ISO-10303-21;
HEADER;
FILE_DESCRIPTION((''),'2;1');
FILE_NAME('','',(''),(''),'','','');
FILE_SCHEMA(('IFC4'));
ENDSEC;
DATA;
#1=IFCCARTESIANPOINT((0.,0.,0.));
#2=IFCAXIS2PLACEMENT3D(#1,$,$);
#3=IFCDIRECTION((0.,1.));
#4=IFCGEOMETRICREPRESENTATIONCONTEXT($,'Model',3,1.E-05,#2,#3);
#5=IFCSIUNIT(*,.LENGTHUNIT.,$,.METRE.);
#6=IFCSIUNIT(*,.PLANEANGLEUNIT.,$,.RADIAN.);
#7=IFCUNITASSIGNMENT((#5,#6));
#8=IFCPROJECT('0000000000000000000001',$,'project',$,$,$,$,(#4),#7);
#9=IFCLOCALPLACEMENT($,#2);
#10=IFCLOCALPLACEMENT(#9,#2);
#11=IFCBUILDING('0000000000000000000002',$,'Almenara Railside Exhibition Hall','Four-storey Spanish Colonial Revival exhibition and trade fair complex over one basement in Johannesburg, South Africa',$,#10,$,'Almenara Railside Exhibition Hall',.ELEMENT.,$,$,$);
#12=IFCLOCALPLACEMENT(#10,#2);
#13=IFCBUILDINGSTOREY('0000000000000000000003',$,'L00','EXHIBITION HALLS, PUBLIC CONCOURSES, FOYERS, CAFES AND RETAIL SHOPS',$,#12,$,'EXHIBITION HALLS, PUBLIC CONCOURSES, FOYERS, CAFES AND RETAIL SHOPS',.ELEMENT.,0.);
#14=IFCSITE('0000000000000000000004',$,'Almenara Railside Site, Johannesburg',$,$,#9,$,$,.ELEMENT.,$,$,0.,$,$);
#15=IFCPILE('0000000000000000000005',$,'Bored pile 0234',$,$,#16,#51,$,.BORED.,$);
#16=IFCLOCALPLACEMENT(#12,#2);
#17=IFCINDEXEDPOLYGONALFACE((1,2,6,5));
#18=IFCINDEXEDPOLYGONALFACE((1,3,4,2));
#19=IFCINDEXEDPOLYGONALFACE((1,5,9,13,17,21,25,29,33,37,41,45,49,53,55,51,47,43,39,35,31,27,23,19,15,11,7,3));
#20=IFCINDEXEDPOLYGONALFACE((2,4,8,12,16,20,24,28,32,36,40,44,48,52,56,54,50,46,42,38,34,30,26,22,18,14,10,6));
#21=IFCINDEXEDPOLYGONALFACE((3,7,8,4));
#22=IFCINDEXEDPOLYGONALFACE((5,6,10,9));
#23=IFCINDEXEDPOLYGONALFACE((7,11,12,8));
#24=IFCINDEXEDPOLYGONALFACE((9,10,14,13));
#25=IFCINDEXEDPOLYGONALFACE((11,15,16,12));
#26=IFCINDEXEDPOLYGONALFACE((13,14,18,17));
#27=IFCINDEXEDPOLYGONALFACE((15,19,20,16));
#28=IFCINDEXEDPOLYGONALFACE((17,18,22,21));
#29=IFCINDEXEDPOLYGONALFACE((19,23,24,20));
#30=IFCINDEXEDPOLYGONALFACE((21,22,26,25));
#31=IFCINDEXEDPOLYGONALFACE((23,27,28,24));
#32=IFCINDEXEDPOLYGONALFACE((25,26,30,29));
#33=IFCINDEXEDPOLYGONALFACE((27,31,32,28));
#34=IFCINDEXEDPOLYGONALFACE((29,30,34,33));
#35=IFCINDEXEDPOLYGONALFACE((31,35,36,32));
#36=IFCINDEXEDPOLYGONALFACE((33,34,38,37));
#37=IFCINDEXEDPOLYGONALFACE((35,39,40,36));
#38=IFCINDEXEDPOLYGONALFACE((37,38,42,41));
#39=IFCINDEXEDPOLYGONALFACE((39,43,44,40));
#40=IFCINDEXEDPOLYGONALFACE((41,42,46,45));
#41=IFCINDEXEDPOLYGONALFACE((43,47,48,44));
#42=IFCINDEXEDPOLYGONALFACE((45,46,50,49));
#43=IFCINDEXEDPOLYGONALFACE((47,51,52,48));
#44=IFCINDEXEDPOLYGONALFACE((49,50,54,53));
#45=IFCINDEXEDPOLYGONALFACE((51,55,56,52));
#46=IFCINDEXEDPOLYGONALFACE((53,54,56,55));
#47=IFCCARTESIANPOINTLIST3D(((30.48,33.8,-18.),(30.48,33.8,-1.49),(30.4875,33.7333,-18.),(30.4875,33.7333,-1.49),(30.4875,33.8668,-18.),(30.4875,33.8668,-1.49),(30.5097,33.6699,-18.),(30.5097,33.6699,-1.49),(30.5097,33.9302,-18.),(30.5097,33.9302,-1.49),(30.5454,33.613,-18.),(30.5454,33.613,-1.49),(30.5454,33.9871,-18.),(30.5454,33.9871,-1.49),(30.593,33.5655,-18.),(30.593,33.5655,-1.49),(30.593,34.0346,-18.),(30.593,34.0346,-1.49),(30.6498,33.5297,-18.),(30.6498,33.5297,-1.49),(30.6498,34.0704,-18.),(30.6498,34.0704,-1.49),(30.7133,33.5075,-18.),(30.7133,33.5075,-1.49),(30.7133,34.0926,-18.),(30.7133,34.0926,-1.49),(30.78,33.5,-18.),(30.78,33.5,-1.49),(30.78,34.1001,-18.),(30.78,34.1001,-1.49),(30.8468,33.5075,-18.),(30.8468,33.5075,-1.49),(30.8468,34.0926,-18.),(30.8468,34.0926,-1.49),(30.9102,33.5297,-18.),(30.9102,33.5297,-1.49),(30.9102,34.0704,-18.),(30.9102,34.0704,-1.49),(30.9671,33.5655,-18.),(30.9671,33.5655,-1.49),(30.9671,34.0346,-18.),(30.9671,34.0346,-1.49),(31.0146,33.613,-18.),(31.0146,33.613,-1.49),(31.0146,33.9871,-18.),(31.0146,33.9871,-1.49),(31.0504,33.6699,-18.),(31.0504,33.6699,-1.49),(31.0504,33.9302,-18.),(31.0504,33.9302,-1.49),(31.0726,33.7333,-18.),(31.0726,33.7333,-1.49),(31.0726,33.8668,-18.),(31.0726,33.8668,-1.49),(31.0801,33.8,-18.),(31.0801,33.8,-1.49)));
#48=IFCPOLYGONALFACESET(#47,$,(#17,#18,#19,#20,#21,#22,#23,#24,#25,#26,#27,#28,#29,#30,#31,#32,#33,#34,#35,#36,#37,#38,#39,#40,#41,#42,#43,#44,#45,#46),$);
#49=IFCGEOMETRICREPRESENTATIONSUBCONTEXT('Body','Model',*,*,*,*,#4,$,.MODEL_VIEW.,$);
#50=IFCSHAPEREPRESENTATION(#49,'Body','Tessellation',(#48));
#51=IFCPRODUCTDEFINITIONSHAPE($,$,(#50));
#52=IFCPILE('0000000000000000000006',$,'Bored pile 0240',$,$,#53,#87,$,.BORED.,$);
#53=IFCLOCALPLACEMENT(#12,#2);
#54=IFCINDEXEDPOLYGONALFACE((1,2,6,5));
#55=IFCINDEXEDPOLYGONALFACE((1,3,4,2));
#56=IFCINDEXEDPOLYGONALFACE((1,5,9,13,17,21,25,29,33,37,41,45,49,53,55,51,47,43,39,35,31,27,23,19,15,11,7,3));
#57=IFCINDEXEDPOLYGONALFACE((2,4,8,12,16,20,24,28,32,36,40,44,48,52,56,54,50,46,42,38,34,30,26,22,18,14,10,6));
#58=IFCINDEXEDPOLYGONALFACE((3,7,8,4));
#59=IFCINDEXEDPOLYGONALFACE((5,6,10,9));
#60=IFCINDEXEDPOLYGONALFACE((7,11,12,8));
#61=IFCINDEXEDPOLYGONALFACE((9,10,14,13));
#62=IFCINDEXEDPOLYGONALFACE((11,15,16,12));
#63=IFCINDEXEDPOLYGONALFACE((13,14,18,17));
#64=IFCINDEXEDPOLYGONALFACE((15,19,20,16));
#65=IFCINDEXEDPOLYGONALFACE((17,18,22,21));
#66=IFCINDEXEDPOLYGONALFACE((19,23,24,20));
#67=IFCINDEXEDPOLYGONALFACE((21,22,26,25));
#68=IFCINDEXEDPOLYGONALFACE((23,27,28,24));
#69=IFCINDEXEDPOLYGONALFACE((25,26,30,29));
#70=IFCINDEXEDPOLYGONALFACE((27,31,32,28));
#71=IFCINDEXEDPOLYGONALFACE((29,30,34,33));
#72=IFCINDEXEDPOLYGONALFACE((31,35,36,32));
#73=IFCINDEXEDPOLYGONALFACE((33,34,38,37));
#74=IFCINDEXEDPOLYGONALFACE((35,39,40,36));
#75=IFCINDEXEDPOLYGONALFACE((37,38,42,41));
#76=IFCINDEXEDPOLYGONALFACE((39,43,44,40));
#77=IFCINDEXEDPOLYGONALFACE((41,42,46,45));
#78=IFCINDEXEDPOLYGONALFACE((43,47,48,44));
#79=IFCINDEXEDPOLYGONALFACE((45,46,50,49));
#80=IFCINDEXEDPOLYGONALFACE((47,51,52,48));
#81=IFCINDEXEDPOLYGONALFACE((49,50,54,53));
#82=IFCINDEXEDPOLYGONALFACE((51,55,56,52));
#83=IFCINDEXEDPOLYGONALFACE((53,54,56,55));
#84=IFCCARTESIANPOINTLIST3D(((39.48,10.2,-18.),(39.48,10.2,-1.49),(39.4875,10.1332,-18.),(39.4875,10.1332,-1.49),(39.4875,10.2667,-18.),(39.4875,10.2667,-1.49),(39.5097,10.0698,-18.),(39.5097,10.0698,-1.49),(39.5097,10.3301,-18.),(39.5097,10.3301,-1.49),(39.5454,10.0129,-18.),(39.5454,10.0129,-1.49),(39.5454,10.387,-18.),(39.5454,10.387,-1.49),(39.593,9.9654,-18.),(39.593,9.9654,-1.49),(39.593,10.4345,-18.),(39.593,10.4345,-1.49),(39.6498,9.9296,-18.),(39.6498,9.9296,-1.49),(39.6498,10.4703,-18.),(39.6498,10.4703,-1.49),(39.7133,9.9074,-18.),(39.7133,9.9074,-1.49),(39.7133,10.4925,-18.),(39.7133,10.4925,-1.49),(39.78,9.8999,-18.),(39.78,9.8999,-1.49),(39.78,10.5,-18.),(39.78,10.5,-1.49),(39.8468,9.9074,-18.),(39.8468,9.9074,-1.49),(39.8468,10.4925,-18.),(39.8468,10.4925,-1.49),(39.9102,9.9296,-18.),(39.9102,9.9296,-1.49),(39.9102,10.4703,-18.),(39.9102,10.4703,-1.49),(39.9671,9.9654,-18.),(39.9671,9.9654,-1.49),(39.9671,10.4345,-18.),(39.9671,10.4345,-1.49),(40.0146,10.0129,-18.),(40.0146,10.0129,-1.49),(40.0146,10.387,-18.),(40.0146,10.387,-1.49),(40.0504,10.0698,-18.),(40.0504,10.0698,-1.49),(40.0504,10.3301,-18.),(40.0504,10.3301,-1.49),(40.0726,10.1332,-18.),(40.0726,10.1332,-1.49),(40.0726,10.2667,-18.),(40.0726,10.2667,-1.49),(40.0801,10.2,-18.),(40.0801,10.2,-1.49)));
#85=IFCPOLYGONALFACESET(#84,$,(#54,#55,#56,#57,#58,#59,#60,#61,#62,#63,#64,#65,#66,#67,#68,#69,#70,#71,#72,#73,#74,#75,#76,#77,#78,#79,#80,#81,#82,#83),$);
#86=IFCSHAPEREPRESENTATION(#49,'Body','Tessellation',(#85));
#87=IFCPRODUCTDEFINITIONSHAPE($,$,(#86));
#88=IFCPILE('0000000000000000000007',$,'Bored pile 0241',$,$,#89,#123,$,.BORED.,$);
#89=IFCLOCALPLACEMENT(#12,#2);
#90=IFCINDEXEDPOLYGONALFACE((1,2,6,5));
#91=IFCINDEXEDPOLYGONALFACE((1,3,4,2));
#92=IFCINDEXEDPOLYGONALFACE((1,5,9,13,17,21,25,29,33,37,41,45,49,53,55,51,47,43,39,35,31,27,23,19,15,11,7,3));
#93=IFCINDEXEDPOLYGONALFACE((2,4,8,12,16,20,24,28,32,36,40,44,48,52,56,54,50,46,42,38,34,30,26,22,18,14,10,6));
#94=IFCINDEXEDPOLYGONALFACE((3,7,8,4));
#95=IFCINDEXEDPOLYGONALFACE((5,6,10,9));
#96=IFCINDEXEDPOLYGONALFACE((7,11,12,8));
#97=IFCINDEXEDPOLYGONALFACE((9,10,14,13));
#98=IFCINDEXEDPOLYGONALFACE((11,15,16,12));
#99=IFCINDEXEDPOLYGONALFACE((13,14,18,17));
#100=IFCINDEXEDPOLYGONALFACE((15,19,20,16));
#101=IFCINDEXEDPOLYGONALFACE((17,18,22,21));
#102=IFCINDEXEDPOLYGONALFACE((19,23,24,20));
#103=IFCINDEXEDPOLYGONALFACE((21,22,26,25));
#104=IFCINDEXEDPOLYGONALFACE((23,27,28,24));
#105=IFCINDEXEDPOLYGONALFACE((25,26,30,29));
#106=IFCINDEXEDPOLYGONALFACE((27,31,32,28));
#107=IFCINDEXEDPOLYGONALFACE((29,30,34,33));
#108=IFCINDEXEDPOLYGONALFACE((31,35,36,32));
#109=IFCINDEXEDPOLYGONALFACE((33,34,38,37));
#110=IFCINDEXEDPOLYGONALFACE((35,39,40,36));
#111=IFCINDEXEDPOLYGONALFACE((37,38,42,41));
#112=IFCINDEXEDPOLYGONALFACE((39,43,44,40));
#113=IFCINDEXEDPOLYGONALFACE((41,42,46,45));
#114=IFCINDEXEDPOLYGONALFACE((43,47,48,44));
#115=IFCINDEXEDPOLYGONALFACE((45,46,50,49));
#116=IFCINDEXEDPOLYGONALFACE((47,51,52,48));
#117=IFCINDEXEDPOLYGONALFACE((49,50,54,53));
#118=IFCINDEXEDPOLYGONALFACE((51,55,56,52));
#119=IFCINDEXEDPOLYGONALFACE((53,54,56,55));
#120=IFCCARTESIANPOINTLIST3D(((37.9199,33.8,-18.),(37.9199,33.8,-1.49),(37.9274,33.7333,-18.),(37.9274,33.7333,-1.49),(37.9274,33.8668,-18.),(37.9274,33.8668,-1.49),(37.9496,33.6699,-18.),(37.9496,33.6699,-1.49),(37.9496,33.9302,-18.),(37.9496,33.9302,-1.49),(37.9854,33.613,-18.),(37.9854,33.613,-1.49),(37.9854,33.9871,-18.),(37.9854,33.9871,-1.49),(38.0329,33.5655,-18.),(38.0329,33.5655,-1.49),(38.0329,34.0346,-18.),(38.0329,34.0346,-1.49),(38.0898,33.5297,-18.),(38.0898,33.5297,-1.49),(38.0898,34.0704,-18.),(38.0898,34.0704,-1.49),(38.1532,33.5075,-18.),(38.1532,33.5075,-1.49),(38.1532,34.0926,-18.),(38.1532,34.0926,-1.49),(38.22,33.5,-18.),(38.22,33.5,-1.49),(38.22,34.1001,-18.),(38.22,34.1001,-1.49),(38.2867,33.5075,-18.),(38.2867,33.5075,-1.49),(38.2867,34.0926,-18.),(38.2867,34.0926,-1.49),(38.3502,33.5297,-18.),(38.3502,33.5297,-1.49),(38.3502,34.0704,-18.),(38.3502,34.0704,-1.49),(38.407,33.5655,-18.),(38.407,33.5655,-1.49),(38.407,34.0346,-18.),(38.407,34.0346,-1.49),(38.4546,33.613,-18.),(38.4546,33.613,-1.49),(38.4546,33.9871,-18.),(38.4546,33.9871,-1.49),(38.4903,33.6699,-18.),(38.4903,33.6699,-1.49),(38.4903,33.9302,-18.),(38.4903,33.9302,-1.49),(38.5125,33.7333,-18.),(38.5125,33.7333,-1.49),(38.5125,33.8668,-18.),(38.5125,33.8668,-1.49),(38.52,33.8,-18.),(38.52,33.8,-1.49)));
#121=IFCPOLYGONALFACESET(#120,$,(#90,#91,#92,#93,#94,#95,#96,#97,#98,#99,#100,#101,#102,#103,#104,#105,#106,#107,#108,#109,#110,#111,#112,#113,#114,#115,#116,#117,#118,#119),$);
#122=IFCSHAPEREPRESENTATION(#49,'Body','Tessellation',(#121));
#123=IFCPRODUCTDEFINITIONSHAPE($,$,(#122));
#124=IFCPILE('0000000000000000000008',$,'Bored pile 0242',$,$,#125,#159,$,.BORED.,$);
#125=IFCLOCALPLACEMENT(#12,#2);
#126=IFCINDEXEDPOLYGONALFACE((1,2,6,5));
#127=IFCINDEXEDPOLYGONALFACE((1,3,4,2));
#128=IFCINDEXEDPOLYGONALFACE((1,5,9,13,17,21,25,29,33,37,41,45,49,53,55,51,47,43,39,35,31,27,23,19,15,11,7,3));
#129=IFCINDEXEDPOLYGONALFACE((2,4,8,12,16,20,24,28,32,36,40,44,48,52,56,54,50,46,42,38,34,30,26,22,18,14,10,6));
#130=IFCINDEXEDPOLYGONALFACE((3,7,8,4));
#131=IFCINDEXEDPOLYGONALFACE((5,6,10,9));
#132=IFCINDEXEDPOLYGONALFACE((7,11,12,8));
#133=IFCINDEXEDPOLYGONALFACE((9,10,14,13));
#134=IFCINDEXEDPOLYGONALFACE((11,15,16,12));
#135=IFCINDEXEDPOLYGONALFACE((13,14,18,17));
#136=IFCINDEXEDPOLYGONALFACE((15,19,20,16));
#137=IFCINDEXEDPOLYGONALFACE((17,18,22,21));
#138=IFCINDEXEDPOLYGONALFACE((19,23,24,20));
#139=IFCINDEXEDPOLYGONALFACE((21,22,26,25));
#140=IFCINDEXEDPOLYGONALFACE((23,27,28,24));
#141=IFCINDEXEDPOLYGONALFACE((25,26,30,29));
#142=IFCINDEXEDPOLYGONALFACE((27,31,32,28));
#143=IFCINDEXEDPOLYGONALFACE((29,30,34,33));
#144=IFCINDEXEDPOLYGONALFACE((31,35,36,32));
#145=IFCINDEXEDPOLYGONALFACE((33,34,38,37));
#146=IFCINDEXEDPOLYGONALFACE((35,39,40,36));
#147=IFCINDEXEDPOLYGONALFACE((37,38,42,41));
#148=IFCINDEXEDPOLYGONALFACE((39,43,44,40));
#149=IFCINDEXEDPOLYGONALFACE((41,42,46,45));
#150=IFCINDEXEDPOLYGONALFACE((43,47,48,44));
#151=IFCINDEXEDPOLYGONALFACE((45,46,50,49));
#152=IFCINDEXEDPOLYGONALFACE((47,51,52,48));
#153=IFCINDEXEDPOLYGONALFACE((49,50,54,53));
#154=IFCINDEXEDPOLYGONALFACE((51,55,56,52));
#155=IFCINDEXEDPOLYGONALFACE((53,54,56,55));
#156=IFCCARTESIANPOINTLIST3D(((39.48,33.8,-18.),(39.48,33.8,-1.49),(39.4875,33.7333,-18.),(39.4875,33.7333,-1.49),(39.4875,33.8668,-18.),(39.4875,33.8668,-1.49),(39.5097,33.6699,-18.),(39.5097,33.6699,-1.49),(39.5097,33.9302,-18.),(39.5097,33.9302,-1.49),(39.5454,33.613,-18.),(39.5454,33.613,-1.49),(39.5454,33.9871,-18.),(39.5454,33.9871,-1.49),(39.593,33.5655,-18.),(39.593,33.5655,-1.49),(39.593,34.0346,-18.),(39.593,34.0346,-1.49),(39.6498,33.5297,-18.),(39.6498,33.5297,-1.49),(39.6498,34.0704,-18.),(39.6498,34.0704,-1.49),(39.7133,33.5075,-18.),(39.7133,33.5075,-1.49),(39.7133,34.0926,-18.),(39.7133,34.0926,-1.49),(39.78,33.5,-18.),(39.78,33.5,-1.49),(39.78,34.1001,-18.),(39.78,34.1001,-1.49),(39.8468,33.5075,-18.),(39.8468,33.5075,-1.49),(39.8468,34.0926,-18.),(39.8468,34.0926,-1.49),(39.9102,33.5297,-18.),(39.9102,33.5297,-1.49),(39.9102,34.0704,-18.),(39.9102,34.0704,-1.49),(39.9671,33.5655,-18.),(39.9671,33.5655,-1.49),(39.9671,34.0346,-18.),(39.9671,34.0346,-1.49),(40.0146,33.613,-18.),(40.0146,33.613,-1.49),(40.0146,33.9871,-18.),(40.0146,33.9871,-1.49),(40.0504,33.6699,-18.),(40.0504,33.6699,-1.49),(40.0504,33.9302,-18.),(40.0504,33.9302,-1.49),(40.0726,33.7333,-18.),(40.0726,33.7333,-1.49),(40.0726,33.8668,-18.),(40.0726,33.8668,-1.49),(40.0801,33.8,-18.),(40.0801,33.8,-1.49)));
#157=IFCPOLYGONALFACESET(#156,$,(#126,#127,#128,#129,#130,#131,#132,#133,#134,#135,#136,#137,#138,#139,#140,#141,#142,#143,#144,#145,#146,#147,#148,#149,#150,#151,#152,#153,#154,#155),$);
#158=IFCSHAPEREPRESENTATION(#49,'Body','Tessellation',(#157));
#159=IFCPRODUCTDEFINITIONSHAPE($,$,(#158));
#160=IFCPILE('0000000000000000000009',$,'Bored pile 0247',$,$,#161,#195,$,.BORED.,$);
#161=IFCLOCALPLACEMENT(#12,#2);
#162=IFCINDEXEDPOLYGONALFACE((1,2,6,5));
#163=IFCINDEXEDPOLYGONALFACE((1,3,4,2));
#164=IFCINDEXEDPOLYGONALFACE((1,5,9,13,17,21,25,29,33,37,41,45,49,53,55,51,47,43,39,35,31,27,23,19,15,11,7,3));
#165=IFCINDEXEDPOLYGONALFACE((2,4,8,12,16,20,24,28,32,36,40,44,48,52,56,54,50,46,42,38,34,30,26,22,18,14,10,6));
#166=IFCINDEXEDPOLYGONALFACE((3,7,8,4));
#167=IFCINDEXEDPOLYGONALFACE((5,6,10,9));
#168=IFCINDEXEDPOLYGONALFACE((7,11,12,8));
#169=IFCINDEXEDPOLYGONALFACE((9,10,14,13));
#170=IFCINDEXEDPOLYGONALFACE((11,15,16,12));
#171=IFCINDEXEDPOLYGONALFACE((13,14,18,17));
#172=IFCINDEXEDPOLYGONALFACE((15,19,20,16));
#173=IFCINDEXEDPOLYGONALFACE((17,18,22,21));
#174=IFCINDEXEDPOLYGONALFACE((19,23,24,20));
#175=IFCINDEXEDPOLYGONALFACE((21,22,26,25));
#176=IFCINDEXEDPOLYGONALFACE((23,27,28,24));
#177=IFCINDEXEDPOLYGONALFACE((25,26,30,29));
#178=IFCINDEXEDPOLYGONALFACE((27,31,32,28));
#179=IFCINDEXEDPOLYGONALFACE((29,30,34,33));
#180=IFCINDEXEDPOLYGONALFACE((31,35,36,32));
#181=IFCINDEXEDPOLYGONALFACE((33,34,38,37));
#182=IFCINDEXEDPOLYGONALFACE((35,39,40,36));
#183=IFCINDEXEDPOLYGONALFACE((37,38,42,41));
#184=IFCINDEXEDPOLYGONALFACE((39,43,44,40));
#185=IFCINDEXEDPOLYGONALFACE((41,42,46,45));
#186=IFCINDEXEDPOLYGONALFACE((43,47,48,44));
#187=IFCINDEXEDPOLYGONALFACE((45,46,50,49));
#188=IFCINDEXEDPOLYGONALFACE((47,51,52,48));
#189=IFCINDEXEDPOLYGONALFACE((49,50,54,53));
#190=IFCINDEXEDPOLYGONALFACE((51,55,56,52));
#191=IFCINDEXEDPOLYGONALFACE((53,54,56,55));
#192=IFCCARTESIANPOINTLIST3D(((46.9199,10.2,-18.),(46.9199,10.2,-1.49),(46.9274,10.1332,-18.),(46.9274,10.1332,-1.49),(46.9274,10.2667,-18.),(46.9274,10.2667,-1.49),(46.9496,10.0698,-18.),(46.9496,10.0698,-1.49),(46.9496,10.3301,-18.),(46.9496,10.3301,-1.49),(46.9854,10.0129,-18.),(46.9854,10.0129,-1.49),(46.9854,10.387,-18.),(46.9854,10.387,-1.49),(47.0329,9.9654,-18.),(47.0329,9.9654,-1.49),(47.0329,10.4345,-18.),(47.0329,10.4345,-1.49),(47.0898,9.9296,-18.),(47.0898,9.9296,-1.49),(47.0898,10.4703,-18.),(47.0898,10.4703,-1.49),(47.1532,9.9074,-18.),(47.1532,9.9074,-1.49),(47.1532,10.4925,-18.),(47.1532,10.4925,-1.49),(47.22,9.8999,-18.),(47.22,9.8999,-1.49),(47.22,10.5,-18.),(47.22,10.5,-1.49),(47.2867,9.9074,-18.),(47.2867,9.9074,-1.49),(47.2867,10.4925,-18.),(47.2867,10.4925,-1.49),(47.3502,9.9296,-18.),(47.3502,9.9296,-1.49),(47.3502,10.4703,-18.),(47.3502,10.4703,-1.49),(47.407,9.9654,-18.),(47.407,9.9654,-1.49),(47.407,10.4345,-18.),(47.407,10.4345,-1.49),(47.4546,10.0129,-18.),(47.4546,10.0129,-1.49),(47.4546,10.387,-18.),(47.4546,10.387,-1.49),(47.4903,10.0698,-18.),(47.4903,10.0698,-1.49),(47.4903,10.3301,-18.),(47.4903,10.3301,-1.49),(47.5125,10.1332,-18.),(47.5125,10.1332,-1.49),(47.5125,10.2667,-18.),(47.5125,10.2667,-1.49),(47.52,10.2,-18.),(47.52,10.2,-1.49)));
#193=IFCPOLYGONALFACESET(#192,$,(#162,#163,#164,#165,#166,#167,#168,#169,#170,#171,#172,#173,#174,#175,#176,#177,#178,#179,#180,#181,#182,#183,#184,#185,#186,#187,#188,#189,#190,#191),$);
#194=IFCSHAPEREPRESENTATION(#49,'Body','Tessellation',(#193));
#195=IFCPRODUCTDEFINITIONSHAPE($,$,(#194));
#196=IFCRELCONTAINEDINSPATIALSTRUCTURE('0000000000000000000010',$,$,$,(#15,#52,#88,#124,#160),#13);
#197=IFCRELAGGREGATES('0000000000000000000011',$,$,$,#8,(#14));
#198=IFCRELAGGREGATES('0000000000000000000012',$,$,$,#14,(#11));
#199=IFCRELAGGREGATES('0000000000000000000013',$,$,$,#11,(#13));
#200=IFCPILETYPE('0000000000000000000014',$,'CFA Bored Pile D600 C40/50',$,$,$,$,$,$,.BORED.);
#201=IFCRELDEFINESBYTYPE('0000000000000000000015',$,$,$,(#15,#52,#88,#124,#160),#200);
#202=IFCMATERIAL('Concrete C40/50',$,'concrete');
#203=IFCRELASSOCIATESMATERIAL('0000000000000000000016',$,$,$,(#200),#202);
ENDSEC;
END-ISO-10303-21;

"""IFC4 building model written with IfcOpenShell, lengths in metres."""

from ifc_helpers import new_model, si_unit, direction, frame, origin, origin_2d, place, context, subcontext, project, spatial, circle, extrude, material, material_profile, profile_set, type_object, element, save


model = new_model("IFC4")

# Units and contexts
model_context = context("Model", 3, precision=1e-05, world=origin(), true_north=direction((0.0, 1.0)))
body_context = subcontext(model_context, "Body", "Model", "MODEL_VIEW")
ifc_project = project(units=[si_unit("LENGTHUNIT", "METRE"), si_unit("PLANEANGLEUNIT", "RADIAN")], contexts=[model_context])

# Site, building, storey
site_placement = place(None, origin())
site = spatial("IfcSite", under=ifc_project, at=site_placement, Name="Almenara Railside Site, Johannesburg", CompositionType="ELEMENT", RefElevation=0.0)
building_placement = place(site_placement, origin())
building = spatial("IfcBuilding", under=site, at=building_placement, Name="Almenara Railside Exhibition Hall", Description="Four-storey Spanish Colonial Revival exhibition and trade fair complex over one basement in Johannesburg, South Africa", LongName="Almenara Railside Exhibition Hall", CompositionType="ELEMENT")
storey_placement = place(building_placement, origin())
storey = spatial("IfcBuildingStorey", under=building, at=storey_placement, Name="L00", Description="EXHIBITION HALLS, PUBLIC CONCOURSES, FOYERS, CAFES AND RETAIL SHOPS", LongName="EXHIBITION HALLS, PUBLIC CONCOURSES, FOYERS, CAFES AND RETAIL SHOPS", CompositionType="ELEMENT", Elevation=0.0)

# Piles
ifc_material_1 = material(Name="Concrete C40/50", Category="concrete")
ifc_material_profile_1 = material_profile(ifc_material_1, circle(Radius=0.3, at=origin_2d()), Name="CFA-PILE D600")
ifc_profile_set_1 = profile_set([ifc_material_profile_1], Name="Concrete C40/50")
pile_type = type_object("IfcPileType", Name="CFA Bored Pile D600 C40/50", PredefinedType="BORED", material=ifc_profile_set_1)
for number, where, z_axis, x_axis, name in (
    (1, (30.78, 33.8, -1.49), (0.0, 0.0, -1.0), (1.0, 0.0, 0.0), "Bored pile 0234"),
    (2, (39.78, 10.2, -1.49), (0.0, 0.0, -1.0), (1.0, 0.0, 0.0), "Bored pile 0240"),
    (3, (38.22, 33.8, -1.49), (0.0, 0.0, -1.0), (1.0, 0.0, 0.0), "Bored pile 0241"),
    (4, (39.78, 33.8, -1.49), (0.0, 0.0, -1.0), (1.0, 0.0, 0.0), "Bored pile 0242"),
    (5, (47.22, 10.2, -1.49), (0.0, 0.0, -1.0), (1.0, 0.0, 0.0), "Bored pile 0247"),
):
    element("IfcPile", number, at=place(storey_placement, frame(where, z_axis=z_axis, x_axis=x_axis)), inside=storey, type_object=pile_type, Name=name, PredefinedType="BORED", context=body_context, shape_type="SweptSolid", body=[
        extrude(circle(Radius=0.3, at=origin_2d()), origin(), (0.0, 0.0, 1.0), 16.51),
    ])

save(model, "model.ifc")
